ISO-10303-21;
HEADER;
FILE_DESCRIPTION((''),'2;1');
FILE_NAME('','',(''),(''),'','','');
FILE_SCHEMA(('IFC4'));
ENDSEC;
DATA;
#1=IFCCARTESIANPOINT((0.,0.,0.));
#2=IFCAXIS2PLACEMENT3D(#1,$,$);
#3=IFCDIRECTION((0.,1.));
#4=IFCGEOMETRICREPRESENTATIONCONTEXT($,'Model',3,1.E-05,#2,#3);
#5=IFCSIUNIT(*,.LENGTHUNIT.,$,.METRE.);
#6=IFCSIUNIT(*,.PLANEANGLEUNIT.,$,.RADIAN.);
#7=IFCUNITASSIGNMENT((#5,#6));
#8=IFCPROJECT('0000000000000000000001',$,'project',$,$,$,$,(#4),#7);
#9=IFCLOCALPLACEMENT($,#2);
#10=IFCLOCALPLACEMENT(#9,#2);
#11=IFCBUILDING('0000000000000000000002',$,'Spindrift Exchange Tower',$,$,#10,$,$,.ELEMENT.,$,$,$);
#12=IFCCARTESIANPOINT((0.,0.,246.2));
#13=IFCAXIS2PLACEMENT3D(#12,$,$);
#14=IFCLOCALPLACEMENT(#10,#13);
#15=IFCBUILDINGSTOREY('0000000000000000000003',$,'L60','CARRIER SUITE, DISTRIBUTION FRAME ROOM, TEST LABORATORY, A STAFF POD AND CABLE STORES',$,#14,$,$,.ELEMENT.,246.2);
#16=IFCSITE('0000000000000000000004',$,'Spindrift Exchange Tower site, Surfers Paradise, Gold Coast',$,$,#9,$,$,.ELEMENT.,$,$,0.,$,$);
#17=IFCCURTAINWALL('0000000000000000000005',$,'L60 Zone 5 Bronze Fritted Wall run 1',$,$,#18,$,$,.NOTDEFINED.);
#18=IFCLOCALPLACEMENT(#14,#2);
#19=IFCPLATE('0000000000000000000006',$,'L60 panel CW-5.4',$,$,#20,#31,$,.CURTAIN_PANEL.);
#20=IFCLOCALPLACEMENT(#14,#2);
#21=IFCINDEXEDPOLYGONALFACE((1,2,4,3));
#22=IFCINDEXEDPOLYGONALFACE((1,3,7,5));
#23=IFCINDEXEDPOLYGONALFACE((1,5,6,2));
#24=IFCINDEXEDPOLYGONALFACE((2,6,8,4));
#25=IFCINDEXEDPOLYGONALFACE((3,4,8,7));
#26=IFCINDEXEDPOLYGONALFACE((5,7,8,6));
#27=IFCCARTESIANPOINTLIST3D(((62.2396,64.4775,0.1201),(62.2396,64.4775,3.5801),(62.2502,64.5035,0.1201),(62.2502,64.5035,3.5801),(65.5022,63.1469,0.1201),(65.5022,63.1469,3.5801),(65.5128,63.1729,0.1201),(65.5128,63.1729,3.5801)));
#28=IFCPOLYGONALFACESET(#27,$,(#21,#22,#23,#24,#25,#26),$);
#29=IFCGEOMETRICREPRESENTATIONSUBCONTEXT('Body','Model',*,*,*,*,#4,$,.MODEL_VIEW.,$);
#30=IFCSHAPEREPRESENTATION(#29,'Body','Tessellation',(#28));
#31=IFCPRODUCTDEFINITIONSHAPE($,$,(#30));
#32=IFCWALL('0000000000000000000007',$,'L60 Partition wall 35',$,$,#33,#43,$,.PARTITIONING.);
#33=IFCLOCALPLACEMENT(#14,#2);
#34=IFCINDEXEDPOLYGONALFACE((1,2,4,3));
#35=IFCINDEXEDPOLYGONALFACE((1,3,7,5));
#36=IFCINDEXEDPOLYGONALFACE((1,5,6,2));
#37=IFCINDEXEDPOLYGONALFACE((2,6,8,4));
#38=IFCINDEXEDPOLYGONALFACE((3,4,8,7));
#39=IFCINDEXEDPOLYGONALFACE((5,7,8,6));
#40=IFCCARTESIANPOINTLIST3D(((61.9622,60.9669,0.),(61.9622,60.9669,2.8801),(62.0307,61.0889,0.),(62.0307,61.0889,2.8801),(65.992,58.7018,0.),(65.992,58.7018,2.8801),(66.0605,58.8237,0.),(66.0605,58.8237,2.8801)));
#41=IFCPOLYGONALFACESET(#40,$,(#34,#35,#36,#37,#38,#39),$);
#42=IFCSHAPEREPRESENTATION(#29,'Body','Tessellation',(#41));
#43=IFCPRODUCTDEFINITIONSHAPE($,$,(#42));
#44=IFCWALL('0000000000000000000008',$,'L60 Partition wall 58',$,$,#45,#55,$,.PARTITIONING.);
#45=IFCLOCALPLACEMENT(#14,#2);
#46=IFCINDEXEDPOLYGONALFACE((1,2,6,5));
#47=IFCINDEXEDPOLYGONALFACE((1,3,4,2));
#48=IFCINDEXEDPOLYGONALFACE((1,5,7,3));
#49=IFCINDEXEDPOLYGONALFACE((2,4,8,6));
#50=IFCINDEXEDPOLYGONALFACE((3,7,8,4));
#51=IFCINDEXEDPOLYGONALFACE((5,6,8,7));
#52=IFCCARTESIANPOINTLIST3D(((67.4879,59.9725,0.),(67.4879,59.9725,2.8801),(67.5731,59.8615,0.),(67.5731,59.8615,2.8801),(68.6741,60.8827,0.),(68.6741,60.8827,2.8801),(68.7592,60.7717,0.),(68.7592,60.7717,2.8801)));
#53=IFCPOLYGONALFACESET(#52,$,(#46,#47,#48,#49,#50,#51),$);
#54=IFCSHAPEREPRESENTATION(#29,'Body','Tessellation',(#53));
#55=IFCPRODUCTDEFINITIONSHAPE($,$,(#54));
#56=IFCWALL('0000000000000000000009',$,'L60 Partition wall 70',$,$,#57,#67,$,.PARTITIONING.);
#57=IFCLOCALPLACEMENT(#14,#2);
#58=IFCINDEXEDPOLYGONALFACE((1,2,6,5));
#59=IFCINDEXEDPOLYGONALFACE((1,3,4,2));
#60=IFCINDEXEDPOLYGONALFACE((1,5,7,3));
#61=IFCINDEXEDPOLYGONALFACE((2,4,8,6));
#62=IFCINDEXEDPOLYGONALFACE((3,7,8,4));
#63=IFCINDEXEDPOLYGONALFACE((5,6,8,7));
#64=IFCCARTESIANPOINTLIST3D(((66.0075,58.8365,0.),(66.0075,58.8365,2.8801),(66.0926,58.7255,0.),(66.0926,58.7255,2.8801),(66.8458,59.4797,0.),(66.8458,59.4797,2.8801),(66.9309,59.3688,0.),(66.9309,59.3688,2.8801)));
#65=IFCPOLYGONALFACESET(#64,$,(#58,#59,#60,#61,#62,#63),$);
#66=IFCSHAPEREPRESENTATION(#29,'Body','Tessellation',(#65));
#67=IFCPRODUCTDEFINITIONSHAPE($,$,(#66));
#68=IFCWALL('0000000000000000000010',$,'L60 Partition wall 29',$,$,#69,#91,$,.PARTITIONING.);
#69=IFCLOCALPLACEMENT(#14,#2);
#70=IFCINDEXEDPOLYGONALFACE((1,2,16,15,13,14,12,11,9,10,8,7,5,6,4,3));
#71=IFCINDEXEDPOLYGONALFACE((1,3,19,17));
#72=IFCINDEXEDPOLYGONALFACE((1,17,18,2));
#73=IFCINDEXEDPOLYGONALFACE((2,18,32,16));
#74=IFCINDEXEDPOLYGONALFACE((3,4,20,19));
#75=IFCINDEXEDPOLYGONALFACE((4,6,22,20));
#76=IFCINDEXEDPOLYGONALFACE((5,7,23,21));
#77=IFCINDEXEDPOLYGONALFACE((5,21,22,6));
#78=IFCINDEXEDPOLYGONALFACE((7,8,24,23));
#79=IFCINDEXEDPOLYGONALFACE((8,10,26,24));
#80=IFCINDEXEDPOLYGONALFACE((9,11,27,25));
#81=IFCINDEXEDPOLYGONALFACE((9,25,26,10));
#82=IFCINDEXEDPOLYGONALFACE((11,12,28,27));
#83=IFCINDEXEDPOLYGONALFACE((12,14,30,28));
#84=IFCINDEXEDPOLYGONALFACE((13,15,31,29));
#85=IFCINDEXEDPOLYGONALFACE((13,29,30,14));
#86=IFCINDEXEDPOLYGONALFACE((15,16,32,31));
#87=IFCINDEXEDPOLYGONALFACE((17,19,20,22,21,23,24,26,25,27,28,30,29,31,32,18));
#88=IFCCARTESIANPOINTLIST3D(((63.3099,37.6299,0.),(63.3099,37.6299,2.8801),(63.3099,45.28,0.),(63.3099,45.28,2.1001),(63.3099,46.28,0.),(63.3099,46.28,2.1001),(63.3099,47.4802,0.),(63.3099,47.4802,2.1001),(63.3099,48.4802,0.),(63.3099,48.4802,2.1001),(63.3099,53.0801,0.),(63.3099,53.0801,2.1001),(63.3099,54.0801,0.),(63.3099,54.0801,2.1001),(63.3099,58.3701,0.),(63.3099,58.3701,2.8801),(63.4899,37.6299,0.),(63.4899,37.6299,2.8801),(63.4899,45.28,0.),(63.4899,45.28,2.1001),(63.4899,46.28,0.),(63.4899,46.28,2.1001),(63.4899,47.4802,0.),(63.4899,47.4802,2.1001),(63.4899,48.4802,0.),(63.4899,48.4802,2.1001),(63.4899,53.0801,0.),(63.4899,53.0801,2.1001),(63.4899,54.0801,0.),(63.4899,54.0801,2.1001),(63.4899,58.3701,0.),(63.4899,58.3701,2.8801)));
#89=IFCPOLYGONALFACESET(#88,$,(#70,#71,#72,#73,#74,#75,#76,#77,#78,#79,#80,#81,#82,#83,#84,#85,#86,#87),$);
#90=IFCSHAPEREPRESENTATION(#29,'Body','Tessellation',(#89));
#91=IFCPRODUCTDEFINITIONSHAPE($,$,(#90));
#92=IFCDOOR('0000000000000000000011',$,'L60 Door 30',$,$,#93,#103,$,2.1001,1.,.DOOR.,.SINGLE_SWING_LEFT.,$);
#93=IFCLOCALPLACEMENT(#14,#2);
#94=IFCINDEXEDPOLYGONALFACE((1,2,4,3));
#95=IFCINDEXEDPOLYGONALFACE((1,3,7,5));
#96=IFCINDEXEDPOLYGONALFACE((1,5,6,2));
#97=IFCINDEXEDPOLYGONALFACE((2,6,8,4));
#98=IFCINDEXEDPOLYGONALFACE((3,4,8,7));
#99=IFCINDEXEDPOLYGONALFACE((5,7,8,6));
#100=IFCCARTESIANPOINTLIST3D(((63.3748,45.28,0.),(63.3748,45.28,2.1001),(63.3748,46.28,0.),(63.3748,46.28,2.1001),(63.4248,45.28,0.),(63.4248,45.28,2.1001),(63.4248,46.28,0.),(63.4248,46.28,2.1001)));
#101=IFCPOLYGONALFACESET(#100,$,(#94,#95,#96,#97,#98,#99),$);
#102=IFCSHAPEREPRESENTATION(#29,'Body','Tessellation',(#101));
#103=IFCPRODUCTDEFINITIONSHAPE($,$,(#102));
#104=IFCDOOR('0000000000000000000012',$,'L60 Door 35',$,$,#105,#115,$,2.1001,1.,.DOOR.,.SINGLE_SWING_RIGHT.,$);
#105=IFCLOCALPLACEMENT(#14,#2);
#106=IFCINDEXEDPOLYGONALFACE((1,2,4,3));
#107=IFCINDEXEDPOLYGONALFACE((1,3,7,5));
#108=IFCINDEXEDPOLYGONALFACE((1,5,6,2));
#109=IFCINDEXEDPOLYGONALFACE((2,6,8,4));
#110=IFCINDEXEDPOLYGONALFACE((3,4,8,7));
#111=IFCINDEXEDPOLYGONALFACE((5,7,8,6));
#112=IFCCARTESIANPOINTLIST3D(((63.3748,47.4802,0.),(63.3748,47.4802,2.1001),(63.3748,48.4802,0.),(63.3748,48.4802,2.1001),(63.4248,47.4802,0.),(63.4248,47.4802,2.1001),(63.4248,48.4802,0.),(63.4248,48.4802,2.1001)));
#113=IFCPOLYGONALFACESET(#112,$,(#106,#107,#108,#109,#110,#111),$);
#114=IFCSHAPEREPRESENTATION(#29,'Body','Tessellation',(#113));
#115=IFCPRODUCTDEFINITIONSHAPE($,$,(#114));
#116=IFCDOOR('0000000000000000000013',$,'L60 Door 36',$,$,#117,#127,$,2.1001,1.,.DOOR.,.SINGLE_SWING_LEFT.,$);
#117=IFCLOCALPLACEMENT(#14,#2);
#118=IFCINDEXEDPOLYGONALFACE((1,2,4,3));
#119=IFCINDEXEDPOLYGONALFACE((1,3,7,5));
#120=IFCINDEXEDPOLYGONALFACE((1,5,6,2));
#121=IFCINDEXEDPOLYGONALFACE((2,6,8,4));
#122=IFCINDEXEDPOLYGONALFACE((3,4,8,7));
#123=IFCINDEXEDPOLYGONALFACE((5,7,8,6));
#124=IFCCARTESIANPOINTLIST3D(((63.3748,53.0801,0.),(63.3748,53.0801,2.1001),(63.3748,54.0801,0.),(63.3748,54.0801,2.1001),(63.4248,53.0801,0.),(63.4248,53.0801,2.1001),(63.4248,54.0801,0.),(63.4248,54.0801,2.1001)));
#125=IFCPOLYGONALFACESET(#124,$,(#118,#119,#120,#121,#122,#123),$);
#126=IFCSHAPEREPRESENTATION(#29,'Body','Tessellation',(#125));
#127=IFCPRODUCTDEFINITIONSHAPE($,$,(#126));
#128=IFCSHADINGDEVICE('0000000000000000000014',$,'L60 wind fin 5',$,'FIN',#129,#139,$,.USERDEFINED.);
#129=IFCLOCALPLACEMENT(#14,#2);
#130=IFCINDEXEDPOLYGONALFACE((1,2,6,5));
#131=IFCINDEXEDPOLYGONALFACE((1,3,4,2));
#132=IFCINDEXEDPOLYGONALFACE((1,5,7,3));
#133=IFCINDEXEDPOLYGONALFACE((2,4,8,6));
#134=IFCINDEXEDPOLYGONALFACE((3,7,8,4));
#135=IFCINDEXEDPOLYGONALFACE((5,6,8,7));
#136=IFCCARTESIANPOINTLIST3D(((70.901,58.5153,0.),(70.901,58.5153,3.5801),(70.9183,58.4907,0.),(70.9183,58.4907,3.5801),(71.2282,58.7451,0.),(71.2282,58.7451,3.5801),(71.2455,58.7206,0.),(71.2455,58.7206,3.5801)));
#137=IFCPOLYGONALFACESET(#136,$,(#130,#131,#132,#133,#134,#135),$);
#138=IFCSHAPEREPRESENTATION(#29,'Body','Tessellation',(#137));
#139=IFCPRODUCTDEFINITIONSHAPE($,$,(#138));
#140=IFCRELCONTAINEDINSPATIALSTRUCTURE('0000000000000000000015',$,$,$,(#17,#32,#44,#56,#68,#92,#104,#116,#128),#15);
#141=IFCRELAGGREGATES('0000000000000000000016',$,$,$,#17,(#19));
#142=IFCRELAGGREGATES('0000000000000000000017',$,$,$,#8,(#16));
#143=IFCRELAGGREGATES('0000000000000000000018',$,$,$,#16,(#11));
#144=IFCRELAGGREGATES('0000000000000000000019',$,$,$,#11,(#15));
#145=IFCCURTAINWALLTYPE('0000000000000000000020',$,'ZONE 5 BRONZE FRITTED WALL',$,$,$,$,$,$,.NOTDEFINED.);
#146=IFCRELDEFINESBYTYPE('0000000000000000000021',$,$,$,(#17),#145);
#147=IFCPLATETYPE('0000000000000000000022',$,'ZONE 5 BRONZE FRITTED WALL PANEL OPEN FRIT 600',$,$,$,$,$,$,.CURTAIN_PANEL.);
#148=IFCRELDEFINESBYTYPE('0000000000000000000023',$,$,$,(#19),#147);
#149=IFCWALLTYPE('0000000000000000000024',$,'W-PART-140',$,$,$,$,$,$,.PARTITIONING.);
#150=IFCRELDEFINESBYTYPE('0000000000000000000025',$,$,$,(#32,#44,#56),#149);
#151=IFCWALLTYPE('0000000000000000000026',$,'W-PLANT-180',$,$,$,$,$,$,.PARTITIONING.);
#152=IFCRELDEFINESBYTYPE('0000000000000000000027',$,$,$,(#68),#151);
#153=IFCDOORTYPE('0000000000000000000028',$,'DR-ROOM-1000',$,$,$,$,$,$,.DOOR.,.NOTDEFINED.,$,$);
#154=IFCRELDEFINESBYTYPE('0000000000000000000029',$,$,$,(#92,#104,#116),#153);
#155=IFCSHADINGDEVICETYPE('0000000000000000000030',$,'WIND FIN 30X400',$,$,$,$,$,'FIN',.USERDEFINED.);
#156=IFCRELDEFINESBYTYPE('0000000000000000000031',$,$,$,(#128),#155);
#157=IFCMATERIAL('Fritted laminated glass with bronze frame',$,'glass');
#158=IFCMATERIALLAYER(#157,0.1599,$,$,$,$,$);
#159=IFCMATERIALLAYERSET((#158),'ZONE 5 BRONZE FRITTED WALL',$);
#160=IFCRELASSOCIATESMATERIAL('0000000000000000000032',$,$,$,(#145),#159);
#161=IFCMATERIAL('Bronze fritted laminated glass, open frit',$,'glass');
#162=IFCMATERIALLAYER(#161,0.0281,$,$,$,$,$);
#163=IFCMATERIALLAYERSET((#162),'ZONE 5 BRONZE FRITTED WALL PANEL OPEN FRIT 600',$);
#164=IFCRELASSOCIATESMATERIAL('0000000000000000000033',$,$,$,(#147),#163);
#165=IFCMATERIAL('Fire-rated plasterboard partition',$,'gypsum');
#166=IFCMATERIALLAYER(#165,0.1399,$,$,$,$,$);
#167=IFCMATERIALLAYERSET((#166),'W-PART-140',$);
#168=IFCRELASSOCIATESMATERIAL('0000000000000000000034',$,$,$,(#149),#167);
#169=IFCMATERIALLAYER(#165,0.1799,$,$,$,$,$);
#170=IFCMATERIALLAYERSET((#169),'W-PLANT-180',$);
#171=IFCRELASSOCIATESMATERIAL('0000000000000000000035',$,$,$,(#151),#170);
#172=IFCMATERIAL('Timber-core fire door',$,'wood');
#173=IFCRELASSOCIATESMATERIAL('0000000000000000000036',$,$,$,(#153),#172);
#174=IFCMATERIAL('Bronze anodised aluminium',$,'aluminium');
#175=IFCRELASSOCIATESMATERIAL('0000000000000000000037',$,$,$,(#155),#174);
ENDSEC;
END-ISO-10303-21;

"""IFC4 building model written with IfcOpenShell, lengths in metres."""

from ifc_helpers import new_model, si_unit, direction, frame, frame_2d, origin, origin_2d, place, context, subcontext, project, spatial, rectangle, extrude, source, transform, mapped, material, layer, layer_set, material_profile, profile_set, type_object, element, fill, aggregate, save


model = new_model("IFC4")

# Units and contexts
model_context = context("Model", 3, precision=1e-05, world=origin(), true_north=direction((0.0, 1.0)))
body_context = subcontext(model_context, "Body", "Model", "MODEL_VIEW")
ifc_project = project(units=[si_unit("LENGTHUNIT", "METRE"), si_unit("PLANEANGLEUNIT", "RADIAN")], contexts=[model_context])

# Site, building, storey
site_placement = place(None, origin())
site = spatial("IfcSite", under=ifc_project, at=site_placement, Name="Spindrift Exchange Tower site, Surfers Paradise, Gold Coast", CompositionType="ELEMENT", RefElevation=0.0)
building_placement = place(site_placement, origin())
building = spatial("IfcBuilding", under=site, at=building_placement, Name="Spindrift Exchange Tower", CompositionType="ELEMENT")
storey_placement = place(building_placement, frame((0.0, 0.0, 246.2)))
storey = spatial("IfcBuildingStorey", under=building, at=storey_placement, Name="L60", Description="CARRIER SUITE, DISTRIBUTION FRAME ROOM, TEST LABORATORY, A STAFF POD AND CABLE STORES", CompositionType="ELEMENT", Elevation=246.2)

# Curtain wall, plate
ifc_material_1 = material(Name="Fritted laminated glass with bronze frame", Category="glass")
ifc_layer_1 = layer(ifc_material_1, 0.1599)
ifc_layer_set_1 = layer_set([ifc_layer_1], Name="ZONE 5 BRONZE FRITTED WALL")
curtain_wall_type = type_object("IfcCurtainWallType", Name="ZONE 5 BRONZE FRITTED WALL", PredefinedType="NOTDEFINED", material=ifc_layer_set_1)
curtain_wall_placement = place(storey_placement, origin())
curtain_wall = element("IfcCurtainWall", 1, at=curtain_wall_placement, inside=storey, type_object=curtain_wall_type, Name="L60 Zone 5 Bronze Fritted Wall run 1", PredefinedType="NOTDEFINED")
ifc_material_2 = material(Name="Bronze anodised aluminium", Category="aluminium")
ifc_material_3 = material(Name="Bronze fritted laminated glass, open frit", Category="glass")
ifc_layer_2 = layer(ifc_material_3, 0.0281)
ifc_layer_set_2 = layer_set([ifc_layer_2], Name="ZONE 5 BRONZE FRITTED WALL PANEL OPEN FRIT 600")
plate_type_1 = type_object("IfcPlateType", Name="ZONE 5 BRONZE FRITTED WALL PANEL OPEN FRIT 600", PredefinedType="CURTAIN_PANEL", material=ifc_layer_set_2)
shared_shape_1 = source(origin(), body_context, "Body", "SweptSolid", [
    extrude(rectangle(XDim=3.5234, YDim=0.0281, at=origin_2d()), origin(), (0.0, 0.0, 1.0), 3.46),
])
plate_1_placement = place(storey_placement, frame((63.8762, 63.8252, 0.1201), z_axis=(0.0, 0.0, 1.0), x_axis=(-0.925958, 0.377627, 0.0)))
plate_1 = element("IfcPlate", 2, at=plate_1_placement, type_object=plate_type_1, Name="L60 panel CW-5.4", PredefinedType="CURTAIN_PANEL", context=body_context, shape_type="MappedRepresentation", body=[
    mapped(shared_shape_1, transform((0.0, 0.0, 0.0), scale=1.0)),
])
aggregate(curtain_wall, [plate_1])

# Walls
ifc_material_4 = material(Name="Fire-rated plasterboard partition", Category="gypsum")
ifc_layer_3 = layer(ifc_material_4, 0.1399)
ifc_layer_set_3 = layer_set([ifc_layer_3], Name="W-PART-140")
wall_type_1 = type_object("IfcWallType", Name="W-PART-140", PredefinedType="PARTITIONING", material=ifc_layer_set_3)
wall_1_placement = place(storey_placement, frame((66.0264, 58.7627, 0.0), z_axis=(0.0, 0.0, 1.0), x_axis=(-0.871725, 0.489995, 0.0)))
element("IfcWall", 3, at=wall_1_placement, inside=storey, type_object=wall_type_1, Name="L60 Partition wall 35", PredefinedType="PARTITIONING", context=body_context, shape_type="SweptSolid", body=[
    extrude(rectangle(XDim=4.6228, YDim=0.1399, at=frame_2d((2.3115, 0.0))), origin(), (0.0, 0.0, 1.0), 2.8801),
])
wall_2_placement = place(storey_placement, frame((67.5305, 59.917, 0.0), z_axis=(0.0, 0.0, 1.0), x_axis=(0.793328, 0.608795, 0.0)))
element("IfcWall", 4, at=wall_2_placement, inside=storey, type_object=wall_type_1, Name="L60 Partition wall 58", PredefinedType="PARTITIONING", context=body_context, shape_type="SweptSolid", body=[
    extrude(rectangle(XDim=1.4951, YDim=0.1399, at=frame_2d((0.7476, 0.0))), origin(), (0.0, 0.0, 1.0), 2.8801),
])
wall_3_placement = place(storey_placement, frame((66.05, 58.781, 0.0), z_axis=(0.0, 0.0, 1.0), x_axis=(0.793353, 0.608761, 0.0)))
element("IfcWall", 5, at=wall_3_placement, inside=storey, type_object=wall_type_1, Name="L60 Partition wall 70", PredefinedType="PARTITIONING", context=body_context, shape_type="SweptSolid", body=[
    extrude(rectangle(XDim=1.0566, YDim=0.1399, at=frame_2d((0.5283, 0.0))), origin(), (0.0, 0.0, 1.0), 2.8801),
])

# Wall, openings, doors
ifc_layer_4 = layer(ifc_material_4, 0.1799)
ifc_layer_set_4 = layer_set([ifc_layer_4], Name="W-PLANT-180")
wall_type_2 = type_object("IfcWallType", Name="W-PLANT-180", PredefinedType="PARTITIONING", material=ifc_layer_set_4)
wall_4_placement = place(storey_placement, frame((63.3999, 58.3701, 0.0), z_axis=(0.0, 0.0, 1.0), x_axis=(0.0, -1.0, 0.0)))
wall_4 = element("IfcWall", 6, at=wall_4_placement, inside=storey, type_object=wall_type_2, Name="L60 Partition wall 29", PredefinedType="PARTITIONING", context=body_context, shape_type="SweptSolid", body=[
    extrude(rectangle(XDim=20.7402, YDim=0.1799, at=frame_2d((10.3701, 0.0))), origin(), (0.0, 0.0, 1.0), 2.8801),
])
opening_1_placement = place(wall_4_placement, frame((12.0901, 0.0, 0.0)))
opening_1 = element("IfcOpeningElement", 7, at=opening_1_placement, cuts=wall_4, PredefinedType="OPENING", context=body_context, shape_type="SweptSolid", body=[
    extrude(rectangle(XDim=1.0, YDim=2.1001, at=frame_2d((0.5, 1.05))), frame((0.0, 0.0999, 0.0), z_axis=(0.0, -1.0, 0.0), x_axis=(1.0, 0.0, 0.0)), (0.0, 0.0, 1.0), 0.2),
])
opening_2_placement = place(wall_4_placement, frame((9.8899, 0.0, 0.0)))
opening_2 = element("IfcOpeningElement", 8, at=opening_2_placement, cuts=wall_4, PredefinedType="OPENING", context=body_context, shape_type="SweptSolid", body=[
    extrude(rectangle(XDim=1.0, YDim=2.1001, at=frame_2d((0.5, 1.05))), frame((0.0, 0.0999, 0.0), z_axis=(0.0, -1.0, 0.0), x_axis=(1.0, 0.0, 0.0)), (0.0, 0.0, 1.0), 0.2),
])
opening_3_placement = place(wall_4_placement, frame((4.29, 0.0, 0.0)))
opening_3 = element("IfcOpeningElement", 9, at=opening_3_placement, cuts=wall_4, PredefinedType="OPENING", context=body_context, shape_type="SweptSolid", body=[
    extrude(rectangle(XDim=1.0, YDim=2.1001, at=frame_2d((0.5, 1.05))), frame((0.0, 0.0999, 0.0), z_axis=(0.0, -1.0, 0.0), x_axis=(1.0, 0.0, 0.0)), (0.0, 0.0, 1.0), 0.2),
])
ifc_material_5 = material(Name="Timber-core fire door", Category="wood")
door_type = type_object("IfcDoorType", Name="DR-ROOM-1000", OperationType="NOTDEFINED", PredefinedType="DOOR", material=ifc_material_5)
shared_shape_2 = source(origin(), body_context, "Body", "SweptSolid", [
    extrude(rectangle(XDim=1.0, YDim=2.1001, at=frame_2d((0.5, 1.05))), frame((0.0, 0.0249, 0.0), z_axis=(0.0, -1.0, 0.0), x_axis=(1.0, 0.0, 0.0)), (0.0, 0.0, 1.0), 0.05),
])
door_1_placement = place(opening_1_placement, origin())
door_1 = element("IfcDoor", 10, at=door_1_placement, inside=storey, type_object=door_type, Name="L60 Door 30", OperationType="SINGLE_SWING_LEFT", OverallHeight=2.1001, OverallWidth=1.0, PredefinedType="DOOR", context=body_context, shape_type="MappedRepresentation", body=[
    mapped(shared_shape_2, transform((0.0, 0.0, 0.0), scale=1.0)),
])
fill(opening_1, door_1)
door_2_placement = place(opening_2_placement, origin())
door_2 = element("IfcDoor", 11, at=door_2_placement, inside=storey, type_object=door_type, Name="L60 Door 35", OperationType="SINGLE_SWING_RIGHT", OverallHeight=2.1001, OverallWidth=1.0, PredefinedType="DOOR", context=body_context, shape_type="MappedRepresentation", body=[
    mapped(shared_shape_2, transform((0.0, 0.0, 0.0), scale=1.0)),
])
fill(opening_2, door_2)
door_3_placement = place(opening_3_placement, origin())
door_3 = element("IfcDoor", 12, at=door_3_placement, inside=storey, type_object=door_type, Name="L60 Door 36", OperationType="SINGLE_SWING_LEFT", OverallHeight=2.1001, OverallWidth=1.0, PredefinedType="DOOR", context=body_context, shape_type="MappedRepresentation", body=[
    mapped(shared_shape_2, transform((0.0, 0.0, 0.0), scale=1.0)),
])
fill(opening_3, door_3)

# Shading device
ifc_material_profile_1 = material_profile(ifc_material_2, rectangle(XDim=0.03, YDim=0.3999, at=origin_2d()), Name="WIND FIN 30X400")
ifc_profile_set_1 = profile_set([ifc_material_profile_1], Name="Bronze anodised aluminium")
shading_device_type = type_object("IfcShadingDeviceType", Name="WIND FIN 30X400", ElementType="FIN", PredefinedType="USERDEFINED", material=ifc_profile_set_1)
shared_shape_3 = source(origin(), body_context, "Body", "SweptSolid", [
    extrude(rectangle(XDim=0.03, YDim=0.3999, at=origin_2d()), origin(), (0.0, 0.0, 1.0), 3.5801),
])
shading_device_placement = place(storey_placement, frame((71.0732, 58.6179, 0.0), z_axis=(0.0, 0.0, 1.0), x_axis=(-0.574782, 0.818306, 0.0)))
element("IfcShadingDevice", 13, at=shading_device_placement, inside=storey, type_object=shading_device_type, Name="L60 wind fin 5", ObjectType="FIN", PredefinedType="USERDEFINED", context=body_context, shape_type="MappedRepresentation", body=[
    mapped(shared_shape_3, transform((0.0, 0.0, 0.0), scale=1.0)),
])

save(model, "model.ifc")
